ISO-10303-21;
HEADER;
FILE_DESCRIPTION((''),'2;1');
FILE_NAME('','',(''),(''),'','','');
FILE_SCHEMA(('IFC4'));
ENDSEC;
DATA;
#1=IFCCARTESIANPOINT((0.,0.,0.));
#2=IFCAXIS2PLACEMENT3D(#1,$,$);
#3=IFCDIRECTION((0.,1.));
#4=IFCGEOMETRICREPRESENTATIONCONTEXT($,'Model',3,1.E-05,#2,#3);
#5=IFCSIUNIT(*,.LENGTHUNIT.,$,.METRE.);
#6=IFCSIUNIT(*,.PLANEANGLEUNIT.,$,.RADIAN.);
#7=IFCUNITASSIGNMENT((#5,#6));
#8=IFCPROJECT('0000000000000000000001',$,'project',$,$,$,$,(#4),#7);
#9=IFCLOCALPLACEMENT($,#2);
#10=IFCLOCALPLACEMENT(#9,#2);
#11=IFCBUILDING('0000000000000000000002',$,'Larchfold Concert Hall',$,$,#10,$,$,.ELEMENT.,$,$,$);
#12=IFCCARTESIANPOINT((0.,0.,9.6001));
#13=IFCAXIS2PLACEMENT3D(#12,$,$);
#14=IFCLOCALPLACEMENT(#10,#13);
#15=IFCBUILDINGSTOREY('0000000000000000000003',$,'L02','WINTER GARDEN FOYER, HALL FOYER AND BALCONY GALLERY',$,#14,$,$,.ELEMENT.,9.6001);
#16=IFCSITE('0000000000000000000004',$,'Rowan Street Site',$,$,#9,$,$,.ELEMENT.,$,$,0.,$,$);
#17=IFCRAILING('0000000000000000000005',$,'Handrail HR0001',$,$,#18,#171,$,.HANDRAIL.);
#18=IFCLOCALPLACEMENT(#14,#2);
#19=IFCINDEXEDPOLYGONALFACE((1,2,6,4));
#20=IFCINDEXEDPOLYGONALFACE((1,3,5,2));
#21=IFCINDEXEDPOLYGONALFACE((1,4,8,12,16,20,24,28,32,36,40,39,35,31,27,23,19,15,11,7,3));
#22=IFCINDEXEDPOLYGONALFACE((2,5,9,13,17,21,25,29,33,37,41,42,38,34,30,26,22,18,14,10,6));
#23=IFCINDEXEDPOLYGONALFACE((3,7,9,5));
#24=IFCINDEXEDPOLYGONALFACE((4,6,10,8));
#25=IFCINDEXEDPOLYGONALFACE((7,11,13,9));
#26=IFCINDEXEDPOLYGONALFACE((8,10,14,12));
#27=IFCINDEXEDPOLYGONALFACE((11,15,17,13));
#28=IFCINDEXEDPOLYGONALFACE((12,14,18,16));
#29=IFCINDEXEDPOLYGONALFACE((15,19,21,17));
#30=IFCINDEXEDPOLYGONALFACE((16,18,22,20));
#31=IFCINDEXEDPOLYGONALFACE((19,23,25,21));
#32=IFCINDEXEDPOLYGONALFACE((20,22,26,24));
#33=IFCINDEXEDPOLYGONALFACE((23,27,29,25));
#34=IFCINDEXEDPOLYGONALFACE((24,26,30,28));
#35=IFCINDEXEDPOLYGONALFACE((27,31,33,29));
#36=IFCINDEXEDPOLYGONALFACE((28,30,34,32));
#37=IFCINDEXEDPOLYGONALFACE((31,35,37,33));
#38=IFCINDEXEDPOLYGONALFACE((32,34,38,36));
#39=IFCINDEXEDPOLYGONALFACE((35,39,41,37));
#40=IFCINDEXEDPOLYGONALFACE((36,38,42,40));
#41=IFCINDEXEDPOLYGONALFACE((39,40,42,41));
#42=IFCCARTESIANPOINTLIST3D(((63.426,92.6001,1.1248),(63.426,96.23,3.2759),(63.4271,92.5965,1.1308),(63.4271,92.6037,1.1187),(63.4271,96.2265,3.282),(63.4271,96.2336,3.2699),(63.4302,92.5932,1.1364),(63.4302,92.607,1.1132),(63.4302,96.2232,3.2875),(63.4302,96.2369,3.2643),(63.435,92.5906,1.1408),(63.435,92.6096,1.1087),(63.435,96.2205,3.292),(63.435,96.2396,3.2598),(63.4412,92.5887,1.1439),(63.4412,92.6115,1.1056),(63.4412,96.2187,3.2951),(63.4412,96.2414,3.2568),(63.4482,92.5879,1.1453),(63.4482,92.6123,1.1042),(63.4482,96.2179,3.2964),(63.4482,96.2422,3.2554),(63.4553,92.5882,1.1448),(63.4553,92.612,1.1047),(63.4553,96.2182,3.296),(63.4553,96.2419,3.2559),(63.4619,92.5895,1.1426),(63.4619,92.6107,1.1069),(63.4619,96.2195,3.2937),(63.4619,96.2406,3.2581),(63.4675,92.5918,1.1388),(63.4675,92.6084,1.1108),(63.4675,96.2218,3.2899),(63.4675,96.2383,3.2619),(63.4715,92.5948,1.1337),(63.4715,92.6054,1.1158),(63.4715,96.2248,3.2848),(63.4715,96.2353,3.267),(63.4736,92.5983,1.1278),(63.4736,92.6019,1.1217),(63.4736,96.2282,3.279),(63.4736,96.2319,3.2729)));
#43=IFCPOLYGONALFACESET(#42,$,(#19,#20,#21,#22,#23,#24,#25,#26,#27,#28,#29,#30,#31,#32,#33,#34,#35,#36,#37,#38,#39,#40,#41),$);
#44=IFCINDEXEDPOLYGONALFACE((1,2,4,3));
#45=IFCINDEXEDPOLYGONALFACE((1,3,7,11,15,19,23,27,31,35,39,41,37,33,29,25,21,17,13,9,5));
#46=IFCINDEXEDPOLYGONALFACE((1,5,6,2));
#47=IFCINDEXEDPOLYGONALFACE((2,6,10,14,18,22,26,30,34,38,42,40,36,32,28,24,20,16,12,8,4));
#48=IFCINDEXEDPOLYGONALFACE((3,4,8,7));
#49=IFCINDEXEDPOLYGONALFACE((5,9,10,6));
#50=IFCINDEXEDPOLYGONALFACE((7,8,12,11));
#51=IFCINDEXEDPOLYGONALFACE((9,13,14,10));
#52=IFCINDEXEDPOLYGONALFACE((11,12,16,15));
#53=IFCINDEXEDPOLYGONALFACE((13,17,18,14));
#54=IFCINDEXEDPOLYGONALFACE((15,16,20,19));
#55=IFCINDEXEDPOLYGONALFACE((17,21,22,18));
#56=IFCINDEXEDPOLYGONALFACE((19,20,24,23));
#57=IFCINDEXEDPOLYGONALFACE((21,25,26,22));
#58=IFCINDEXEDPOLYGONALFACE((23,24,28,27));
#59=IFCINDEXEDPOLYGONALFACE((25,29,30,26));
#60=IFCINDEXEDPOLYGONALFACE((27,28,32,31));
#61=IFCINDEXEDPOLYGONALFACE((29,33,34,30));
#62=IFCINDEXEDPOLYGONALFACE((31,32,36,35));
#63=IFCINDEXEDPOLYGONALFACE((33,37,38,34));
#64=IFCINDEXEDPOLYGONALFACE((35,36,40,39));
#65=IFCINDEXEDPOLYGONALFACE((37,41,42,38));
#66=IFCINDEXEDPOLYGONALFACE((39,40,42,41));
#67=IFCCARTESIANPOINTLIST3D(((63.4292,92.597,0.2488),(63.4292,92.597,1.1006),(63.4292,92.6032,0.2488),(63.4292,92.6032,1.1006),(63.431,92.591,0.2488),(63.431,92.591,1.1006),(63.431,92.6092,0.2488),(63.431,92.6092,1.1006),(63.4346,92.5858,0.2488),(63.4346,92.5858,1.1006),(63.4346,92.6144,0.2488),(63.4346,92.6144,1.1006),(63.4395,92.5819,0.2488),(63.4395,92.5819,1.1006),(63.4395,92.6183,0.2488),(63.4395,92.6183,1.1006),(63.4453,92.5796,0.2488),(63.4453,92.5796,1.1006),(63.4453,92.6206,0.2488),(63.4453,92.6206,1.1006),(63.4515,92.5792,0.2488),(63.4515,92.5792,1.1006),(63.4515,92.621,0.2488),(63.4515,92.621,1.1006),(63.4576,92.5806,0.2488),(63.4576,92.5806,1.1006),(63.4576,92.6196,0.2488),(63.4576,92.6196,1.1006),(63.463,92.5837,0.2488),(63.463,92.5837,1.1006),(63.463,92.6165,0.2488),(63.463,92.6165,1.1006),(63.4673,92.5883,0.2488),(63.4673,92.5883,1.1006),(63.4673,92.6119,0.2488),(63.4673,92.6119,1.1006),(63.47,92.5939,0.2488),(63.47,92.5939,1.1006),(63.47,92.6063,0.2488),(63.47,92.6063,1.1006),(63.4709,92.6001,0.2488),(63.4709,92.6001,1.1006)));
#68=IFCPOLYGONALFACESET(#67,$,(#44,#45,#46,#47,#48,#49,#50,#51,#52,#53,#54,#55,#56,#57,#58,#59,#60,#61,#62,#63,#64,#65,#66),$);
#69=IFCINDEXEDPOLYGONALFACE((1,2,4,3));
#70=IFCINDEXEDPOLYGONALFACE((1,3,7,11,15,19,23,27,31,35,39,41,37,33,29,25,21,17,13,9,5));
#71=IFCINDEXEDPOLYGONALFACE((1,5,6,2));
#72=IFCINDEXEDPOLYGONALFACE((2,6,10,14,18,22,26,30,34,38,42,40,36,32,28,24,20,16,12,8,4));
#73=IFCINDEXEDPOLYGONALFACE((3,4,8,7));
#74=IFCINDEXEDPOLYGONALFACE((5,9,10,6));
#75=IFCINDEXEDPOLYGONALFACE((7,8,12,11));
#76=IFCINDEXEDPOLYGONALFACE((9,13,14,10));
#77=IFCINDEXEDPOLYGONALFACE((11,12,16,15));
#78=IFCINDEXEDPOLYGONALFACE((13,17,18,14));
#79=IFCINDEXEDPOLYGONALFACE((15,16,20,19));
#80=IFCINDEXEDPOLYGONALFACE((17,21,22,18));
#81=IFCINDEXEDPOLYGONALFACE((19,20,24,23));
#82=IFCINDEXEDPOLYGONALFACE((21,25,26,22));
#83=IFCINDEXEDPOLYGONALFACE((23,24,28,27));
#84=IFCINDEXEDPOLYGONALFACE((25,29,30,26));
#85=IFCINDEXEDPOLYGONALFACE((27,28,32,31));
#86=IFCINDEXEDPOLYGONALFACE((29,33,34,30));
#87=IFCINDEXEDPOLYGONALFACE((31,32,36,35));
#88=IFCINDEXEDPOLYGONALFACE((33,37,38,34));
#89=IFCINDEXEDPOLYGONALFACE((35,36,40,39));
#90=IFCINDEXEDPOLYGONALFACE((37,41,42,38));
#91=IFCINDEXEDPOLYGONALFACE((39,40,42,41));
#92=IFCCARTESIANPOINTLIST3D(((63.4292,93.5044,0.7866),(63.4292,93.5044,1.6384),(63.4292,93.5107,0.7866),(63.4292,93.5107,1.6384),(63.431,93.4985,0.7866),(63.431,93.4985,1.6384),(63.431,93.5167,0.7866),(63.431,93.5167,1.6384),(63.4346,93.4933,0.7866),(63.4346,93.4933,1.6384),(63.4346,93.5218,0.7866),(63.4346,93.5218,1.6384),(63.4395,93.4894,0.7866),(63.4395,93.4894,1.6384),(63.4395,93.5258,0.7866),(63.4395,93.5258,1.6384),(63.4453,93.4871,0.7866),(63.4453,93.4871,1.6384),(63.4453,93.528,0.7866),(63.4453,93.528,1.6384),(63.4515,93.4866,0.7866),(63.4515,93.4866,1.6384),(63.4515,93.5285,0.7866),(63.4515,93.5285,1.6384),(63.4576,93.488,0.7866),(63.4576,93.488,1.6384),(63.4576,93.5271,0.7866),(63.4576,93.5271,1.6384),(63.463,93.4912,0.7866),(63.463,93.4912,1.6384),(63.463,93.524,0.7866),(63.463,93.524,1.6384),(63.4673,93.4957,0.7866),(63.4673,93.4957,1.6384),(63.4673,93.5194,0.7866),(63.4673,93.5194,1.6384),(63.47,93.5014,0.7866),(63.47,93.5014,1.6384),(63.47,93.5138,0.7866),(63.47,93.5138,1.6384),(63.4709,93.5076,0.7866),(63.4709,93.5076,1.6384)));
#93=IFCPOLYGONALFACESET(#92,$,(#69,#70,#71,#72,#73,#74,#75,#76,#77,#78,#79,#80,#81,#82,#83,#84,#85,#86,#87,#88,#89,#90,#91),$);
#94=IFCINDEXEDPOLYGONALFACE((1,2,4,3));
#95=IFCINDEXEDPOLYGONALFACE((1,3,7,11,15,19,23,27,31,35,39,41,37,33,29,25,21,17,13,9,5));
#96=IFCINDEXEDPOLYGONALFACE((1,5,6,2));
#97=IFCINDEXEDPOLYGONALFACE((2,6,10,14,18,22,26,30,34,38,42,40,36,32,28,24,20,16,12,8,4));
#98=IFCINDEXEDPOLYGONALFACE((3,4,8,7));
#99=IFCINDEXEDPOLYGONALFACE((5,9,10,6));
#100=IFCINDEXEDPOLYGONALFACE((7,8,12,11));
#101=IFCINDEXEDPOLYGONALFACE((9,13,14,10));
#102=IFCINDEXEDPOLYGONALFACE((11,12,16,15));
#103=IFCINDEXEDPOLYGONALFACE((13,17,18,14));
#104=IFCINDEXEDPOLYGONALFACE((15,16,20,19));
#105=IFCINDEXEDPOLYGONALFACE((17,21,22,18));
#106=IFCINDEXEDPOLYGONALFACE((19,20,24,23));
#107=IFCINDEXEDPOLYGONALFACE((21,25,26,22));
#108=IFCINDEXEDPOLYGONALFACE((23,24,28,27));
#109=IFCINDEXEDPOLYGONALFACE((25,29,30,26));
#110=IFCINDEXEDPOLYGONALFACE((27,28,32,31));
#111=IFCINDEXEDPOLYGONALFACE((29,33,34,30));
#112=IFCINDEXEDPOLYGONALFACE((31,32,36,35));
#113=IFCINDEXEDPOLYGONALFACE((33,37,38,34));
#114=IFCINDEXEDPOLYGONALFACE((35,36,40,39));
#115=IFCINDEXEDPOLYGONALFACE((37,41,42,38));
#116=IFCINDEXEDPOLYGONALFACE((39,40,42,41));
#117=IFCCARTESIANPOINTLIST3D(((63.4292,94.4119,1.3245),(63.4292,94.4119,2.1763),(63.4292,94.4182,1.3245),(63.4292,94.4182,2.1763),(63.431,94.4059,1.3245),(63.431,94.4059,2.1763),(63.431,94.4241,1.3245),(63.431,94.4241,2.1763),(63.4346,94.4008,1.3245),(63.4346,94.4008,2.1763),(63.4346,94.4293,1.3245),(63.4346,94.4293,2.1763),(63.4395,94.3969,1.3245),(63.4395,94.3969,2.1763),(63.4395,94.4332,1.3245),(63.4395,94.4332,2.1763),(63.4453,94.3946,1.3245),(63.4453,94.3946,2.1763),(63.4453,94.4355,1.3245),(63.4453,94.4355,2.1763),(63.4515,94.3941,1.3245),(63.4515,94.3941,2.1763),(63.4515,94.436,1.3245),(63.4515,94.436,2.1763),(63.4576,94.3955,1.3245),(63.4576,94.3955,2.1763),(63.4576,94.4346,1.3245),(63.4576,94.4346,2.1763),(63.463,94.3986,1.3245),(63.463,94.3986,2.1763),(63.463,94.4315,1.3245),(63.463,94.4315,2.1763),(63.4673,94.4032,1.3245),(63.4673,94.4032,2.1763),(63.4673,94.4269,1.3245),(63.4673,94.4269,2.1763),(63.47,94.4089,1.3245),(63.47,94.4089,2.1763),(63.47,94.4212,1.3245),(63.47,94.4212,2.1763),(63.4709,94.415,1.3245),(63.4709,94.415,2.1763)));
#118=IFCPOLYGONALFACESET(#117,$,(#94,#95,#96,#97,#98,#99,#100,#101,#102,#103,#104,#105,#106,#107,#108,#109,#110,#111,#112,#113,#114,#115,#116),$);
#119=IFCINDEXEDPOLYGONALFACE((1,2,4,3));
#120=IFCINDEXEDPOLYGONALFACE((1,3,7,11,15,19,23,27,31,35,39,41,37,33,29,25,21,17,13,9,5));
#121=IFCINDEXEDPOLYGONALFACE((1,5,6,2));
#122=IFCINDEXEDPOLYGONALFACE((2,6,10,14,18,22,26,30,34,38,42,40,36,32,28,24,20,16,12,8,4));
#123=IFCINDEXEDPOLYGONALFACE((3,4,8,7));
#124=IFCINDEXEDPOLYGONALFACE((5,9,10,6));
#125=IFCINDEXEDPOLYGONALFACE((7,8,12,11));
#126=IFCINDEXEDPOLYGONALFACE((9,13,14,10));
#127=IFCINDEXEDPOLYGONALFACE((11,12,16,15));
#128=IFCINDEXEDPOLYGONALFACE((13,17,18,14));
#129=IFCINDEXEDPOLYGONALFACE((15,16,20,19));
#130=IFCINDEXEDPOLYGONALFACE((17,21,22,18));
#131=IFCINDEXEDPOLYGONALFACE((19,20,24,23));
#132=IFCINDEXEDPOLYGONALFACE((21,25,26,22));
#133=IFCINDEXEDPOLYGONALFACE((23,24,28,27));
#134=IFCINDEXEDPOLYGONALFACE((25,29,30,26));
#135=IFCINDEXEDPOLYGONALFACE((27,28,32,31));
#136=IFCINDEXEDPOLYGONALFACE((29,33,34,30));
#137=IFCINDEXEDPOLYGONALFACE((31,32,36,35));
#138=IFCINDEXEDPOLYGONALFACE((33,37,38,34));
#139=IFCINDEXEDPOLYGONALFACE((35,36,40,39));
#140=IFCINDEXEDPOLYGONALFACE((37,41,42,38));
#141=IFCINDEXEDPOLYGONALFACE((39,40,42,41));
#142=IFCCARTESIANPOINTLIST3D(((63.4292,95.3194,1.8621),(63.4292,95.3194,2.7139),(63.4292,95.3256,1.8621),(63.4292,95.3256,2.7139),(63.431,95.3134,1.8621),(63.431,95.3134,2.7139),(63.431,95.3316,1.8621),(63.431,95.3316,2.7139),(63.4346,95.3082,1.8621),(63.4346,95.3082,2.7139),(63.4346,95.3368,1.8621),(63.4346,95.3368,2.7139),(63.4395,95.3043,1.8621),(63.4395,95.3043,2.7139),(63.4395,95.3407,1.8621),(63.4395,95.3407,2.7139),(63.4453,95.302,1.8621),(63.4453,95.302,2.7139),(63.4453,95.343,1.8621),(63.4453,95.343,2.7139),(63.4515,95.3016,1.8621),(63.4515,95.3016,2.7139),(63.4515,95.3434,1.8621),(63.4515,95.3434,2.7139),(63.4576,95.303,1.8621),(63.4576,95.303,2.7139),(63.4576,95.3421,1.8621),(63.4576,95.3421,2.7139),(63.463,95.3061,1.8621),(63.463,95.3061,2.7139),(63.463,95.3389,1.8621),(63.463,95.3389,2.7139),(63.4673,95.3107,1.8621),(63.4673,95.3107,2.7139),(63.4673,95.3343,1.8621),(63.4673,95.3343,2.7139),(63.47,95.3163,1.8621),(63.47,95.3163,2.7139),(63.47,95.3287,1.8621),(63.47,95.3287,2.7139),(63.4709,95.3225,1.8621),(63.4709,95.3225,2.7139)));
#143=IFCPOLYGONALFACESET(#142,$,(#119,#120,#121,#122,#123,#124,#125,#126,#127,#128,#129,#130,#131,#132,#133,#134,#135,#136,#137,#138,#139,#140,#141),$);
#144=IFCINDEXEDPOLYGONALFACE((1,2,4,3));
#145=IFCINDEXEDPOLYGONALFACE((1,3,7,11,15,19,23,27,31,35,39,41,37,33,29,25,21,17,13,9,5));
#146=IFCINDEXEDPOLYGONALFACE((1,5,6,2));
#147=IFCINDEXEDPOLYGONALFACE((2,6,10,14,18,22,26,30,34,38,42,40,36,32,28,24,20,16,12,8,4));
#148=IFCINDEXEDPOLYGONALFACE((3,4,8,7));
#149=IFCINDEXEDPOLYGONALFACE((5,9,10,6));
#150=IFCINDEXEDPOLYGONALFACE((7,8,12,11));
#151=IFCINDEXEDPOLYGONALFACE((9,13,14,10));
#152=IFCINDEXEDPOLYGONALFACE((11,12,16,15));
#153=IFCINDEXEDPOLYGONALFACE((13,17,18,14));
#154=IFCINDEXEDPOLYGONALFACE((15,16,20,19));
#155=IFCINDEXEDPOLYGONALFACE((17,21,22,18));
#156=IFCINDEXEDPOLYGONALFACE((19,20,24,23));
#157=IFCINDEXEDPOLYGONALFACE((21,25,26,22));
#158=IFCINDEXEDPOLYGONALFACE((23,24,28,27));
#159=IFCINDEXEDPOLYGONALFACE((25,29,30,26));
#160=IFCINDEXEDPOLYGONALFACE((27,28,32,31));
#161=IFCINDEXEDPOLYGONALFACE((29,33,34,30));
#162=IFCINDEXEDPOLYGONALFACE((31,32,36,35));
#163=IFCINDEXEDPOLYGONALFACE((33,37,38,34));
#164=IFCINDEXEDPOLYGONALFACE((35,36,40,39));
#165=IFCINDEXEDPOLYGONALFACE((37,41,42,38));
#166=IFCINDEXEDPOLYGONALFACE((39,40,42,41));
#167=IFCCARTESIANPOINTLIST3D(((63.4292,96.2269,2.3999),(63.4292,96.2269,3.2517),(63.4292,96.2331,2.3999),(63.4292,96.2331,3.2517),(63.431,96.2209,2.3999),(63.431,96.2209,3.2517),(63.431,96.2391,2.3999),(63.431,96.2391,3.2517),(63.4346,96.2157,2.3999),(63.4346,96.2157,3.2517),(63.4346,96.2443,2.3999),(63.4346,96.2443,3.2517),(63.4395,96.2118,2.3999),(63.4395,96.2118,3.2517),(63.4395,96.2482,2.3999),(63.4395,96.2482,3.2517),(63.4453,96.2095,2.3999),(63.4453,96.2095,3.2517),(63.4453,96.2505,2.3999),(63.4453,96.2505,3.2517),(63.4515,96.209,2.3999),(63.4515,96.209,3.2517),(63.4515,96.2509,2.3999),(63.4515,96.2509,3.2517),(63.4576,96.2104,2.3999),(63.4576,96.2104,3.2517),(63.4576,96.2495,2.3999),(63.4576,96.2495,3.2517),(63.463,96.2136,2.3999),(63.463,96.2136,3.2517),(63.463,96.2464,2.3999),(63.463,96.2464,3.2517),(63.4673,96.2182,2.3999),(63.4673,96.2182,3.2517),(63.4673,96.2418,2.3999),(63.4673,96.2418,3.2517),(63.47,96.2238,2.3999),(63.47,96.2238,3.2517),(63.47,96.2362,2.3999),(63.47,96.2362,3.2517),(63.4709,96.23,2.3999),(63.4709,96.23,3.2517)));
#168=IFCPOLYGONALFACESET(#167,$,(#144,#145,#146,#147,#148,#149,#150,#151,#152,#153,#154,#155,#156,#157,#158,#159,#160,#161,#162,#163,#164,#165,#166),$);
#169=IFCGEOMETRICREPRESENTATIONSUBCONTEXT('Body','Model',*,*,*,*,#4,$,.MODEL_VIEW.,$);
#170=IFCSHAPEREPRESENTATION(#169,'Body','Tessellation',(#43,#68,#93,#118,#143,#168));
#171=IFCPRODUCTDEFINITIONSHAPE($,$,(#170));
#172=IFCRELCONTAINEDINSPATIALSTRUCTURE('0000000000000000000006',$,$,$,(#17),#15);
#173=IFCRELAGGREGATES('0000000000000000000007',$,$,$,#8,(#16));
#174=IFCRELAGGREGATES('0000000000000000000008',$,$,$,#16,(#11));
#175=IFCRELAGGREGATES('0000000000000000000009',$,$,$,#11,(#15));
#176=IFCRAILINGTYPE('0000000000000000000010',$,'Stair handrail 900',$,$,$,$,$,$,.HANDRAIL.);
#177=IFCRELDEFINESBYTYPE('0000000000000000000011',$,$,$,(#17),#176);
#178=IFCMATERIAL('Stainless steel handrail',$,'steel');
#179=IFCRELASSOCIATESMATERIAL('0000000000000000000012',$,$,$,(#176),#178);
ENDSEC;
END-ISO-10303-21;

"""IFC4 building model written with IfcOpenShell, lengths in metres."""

from ifc_helpers import new_model, si_unit, direction, frame, origin, origin_2d, place, context, subcontext, project, spatial, circle, extrude, material, type_object, element, save


model = new_model("IFC4")

# Units and contexts
model_context = context("Model", 3, precision=1e-05, world=origin(), true_north=direction((0.0, 1.0)))
body_context = subcontext(model_context, "Body", "Model", "MODEL_VIEW")
ifc_project = project(units=[si_unit("LENGTHUNIT", "METRE"), si_unit("PLANEANGLEUNIT", "RADIAN")], contexts=[model_context])

# Site, building, storey
site_placement = place(None, origin())
site = spatial("IfcSite", under=ifc_project, at=site_placement, Name="Rowan Street Site", CompositionType="ELEMENT", RefElevation=0.0)
building_placement = place(site_placement, origin())
building = spatial("IfcBuilding", under=site, at=building_placement, Name="Larchfold Concert Hall", CompositionType="ELEMENT")
storey_placement = place(building_placement, frame((0.0, 0.0, 9.6001)))
storey = spatial("IfcBuildingStorey", under=building, at=storey_placement, Name="L02", Description="WINTER GARDEN FOYER, HALL FOYER AND BALCONY GALLERY", CompositionType="ELEMENT", Elevation=9.6001)

# Railing
ifc_material_1 = material(Name="Stainless steel handrail", Category="steel")
railing_type_1 = type_object("IfcRailingType", Name="Stair handrail 900", PredefinedType="HANDRAIL", material=ifc_material_1)
railing_1_placement = place(storey_placement, frame((63.45, 92.6001, 0.2488)))
element("IfcRailing", 1, at=railing_1_placement, inside=storey, type_object=railing_type_1, Name="Handrail HR0001", PredefinedType="HANDRAIL", context=body_context, shape_type="SweptSolid", body=[
    extrude(circle(Radius=0.0239, at=origin_2d()), frame((0.0, 0.0, 0.876), z_axis=(0.0, 0.860283, 0.509817), x_axis=(-1.0, 0.0, 0.0)), (0.0, 0.0, 1.0), 4.2195),
    extrude(circle(Radius=0.021, at=origin_2d()), origin(), (0.0, 0.0, 1.0), 0.8518),
    extrude(circle(Radius=0.021, at=origin_2d()), frame((0.0, 0.9075, 0.5378)), (0.0, 0.0, 1.0), 0.8518),
    extrude(circle(Radius=0.021, at=origin_2d()), frame((0.0, 1.8149, 1.0757)), (0.0, 0.0, 1.0), 0.8518),
    extrude(circle(Radius=0.021, at=origin_2d()), frame((0.0, 2.7224, 1.6133)), (0.0, 0.0, 1.0), 0.8518),
    extrude(circle(Radius=0.021, at=origin_2d()), frame((0.0, 3.6299, 2.1511)), (0.0, 0.0, 1.0), 0.8518),
])

save(model, "model.ifc")
